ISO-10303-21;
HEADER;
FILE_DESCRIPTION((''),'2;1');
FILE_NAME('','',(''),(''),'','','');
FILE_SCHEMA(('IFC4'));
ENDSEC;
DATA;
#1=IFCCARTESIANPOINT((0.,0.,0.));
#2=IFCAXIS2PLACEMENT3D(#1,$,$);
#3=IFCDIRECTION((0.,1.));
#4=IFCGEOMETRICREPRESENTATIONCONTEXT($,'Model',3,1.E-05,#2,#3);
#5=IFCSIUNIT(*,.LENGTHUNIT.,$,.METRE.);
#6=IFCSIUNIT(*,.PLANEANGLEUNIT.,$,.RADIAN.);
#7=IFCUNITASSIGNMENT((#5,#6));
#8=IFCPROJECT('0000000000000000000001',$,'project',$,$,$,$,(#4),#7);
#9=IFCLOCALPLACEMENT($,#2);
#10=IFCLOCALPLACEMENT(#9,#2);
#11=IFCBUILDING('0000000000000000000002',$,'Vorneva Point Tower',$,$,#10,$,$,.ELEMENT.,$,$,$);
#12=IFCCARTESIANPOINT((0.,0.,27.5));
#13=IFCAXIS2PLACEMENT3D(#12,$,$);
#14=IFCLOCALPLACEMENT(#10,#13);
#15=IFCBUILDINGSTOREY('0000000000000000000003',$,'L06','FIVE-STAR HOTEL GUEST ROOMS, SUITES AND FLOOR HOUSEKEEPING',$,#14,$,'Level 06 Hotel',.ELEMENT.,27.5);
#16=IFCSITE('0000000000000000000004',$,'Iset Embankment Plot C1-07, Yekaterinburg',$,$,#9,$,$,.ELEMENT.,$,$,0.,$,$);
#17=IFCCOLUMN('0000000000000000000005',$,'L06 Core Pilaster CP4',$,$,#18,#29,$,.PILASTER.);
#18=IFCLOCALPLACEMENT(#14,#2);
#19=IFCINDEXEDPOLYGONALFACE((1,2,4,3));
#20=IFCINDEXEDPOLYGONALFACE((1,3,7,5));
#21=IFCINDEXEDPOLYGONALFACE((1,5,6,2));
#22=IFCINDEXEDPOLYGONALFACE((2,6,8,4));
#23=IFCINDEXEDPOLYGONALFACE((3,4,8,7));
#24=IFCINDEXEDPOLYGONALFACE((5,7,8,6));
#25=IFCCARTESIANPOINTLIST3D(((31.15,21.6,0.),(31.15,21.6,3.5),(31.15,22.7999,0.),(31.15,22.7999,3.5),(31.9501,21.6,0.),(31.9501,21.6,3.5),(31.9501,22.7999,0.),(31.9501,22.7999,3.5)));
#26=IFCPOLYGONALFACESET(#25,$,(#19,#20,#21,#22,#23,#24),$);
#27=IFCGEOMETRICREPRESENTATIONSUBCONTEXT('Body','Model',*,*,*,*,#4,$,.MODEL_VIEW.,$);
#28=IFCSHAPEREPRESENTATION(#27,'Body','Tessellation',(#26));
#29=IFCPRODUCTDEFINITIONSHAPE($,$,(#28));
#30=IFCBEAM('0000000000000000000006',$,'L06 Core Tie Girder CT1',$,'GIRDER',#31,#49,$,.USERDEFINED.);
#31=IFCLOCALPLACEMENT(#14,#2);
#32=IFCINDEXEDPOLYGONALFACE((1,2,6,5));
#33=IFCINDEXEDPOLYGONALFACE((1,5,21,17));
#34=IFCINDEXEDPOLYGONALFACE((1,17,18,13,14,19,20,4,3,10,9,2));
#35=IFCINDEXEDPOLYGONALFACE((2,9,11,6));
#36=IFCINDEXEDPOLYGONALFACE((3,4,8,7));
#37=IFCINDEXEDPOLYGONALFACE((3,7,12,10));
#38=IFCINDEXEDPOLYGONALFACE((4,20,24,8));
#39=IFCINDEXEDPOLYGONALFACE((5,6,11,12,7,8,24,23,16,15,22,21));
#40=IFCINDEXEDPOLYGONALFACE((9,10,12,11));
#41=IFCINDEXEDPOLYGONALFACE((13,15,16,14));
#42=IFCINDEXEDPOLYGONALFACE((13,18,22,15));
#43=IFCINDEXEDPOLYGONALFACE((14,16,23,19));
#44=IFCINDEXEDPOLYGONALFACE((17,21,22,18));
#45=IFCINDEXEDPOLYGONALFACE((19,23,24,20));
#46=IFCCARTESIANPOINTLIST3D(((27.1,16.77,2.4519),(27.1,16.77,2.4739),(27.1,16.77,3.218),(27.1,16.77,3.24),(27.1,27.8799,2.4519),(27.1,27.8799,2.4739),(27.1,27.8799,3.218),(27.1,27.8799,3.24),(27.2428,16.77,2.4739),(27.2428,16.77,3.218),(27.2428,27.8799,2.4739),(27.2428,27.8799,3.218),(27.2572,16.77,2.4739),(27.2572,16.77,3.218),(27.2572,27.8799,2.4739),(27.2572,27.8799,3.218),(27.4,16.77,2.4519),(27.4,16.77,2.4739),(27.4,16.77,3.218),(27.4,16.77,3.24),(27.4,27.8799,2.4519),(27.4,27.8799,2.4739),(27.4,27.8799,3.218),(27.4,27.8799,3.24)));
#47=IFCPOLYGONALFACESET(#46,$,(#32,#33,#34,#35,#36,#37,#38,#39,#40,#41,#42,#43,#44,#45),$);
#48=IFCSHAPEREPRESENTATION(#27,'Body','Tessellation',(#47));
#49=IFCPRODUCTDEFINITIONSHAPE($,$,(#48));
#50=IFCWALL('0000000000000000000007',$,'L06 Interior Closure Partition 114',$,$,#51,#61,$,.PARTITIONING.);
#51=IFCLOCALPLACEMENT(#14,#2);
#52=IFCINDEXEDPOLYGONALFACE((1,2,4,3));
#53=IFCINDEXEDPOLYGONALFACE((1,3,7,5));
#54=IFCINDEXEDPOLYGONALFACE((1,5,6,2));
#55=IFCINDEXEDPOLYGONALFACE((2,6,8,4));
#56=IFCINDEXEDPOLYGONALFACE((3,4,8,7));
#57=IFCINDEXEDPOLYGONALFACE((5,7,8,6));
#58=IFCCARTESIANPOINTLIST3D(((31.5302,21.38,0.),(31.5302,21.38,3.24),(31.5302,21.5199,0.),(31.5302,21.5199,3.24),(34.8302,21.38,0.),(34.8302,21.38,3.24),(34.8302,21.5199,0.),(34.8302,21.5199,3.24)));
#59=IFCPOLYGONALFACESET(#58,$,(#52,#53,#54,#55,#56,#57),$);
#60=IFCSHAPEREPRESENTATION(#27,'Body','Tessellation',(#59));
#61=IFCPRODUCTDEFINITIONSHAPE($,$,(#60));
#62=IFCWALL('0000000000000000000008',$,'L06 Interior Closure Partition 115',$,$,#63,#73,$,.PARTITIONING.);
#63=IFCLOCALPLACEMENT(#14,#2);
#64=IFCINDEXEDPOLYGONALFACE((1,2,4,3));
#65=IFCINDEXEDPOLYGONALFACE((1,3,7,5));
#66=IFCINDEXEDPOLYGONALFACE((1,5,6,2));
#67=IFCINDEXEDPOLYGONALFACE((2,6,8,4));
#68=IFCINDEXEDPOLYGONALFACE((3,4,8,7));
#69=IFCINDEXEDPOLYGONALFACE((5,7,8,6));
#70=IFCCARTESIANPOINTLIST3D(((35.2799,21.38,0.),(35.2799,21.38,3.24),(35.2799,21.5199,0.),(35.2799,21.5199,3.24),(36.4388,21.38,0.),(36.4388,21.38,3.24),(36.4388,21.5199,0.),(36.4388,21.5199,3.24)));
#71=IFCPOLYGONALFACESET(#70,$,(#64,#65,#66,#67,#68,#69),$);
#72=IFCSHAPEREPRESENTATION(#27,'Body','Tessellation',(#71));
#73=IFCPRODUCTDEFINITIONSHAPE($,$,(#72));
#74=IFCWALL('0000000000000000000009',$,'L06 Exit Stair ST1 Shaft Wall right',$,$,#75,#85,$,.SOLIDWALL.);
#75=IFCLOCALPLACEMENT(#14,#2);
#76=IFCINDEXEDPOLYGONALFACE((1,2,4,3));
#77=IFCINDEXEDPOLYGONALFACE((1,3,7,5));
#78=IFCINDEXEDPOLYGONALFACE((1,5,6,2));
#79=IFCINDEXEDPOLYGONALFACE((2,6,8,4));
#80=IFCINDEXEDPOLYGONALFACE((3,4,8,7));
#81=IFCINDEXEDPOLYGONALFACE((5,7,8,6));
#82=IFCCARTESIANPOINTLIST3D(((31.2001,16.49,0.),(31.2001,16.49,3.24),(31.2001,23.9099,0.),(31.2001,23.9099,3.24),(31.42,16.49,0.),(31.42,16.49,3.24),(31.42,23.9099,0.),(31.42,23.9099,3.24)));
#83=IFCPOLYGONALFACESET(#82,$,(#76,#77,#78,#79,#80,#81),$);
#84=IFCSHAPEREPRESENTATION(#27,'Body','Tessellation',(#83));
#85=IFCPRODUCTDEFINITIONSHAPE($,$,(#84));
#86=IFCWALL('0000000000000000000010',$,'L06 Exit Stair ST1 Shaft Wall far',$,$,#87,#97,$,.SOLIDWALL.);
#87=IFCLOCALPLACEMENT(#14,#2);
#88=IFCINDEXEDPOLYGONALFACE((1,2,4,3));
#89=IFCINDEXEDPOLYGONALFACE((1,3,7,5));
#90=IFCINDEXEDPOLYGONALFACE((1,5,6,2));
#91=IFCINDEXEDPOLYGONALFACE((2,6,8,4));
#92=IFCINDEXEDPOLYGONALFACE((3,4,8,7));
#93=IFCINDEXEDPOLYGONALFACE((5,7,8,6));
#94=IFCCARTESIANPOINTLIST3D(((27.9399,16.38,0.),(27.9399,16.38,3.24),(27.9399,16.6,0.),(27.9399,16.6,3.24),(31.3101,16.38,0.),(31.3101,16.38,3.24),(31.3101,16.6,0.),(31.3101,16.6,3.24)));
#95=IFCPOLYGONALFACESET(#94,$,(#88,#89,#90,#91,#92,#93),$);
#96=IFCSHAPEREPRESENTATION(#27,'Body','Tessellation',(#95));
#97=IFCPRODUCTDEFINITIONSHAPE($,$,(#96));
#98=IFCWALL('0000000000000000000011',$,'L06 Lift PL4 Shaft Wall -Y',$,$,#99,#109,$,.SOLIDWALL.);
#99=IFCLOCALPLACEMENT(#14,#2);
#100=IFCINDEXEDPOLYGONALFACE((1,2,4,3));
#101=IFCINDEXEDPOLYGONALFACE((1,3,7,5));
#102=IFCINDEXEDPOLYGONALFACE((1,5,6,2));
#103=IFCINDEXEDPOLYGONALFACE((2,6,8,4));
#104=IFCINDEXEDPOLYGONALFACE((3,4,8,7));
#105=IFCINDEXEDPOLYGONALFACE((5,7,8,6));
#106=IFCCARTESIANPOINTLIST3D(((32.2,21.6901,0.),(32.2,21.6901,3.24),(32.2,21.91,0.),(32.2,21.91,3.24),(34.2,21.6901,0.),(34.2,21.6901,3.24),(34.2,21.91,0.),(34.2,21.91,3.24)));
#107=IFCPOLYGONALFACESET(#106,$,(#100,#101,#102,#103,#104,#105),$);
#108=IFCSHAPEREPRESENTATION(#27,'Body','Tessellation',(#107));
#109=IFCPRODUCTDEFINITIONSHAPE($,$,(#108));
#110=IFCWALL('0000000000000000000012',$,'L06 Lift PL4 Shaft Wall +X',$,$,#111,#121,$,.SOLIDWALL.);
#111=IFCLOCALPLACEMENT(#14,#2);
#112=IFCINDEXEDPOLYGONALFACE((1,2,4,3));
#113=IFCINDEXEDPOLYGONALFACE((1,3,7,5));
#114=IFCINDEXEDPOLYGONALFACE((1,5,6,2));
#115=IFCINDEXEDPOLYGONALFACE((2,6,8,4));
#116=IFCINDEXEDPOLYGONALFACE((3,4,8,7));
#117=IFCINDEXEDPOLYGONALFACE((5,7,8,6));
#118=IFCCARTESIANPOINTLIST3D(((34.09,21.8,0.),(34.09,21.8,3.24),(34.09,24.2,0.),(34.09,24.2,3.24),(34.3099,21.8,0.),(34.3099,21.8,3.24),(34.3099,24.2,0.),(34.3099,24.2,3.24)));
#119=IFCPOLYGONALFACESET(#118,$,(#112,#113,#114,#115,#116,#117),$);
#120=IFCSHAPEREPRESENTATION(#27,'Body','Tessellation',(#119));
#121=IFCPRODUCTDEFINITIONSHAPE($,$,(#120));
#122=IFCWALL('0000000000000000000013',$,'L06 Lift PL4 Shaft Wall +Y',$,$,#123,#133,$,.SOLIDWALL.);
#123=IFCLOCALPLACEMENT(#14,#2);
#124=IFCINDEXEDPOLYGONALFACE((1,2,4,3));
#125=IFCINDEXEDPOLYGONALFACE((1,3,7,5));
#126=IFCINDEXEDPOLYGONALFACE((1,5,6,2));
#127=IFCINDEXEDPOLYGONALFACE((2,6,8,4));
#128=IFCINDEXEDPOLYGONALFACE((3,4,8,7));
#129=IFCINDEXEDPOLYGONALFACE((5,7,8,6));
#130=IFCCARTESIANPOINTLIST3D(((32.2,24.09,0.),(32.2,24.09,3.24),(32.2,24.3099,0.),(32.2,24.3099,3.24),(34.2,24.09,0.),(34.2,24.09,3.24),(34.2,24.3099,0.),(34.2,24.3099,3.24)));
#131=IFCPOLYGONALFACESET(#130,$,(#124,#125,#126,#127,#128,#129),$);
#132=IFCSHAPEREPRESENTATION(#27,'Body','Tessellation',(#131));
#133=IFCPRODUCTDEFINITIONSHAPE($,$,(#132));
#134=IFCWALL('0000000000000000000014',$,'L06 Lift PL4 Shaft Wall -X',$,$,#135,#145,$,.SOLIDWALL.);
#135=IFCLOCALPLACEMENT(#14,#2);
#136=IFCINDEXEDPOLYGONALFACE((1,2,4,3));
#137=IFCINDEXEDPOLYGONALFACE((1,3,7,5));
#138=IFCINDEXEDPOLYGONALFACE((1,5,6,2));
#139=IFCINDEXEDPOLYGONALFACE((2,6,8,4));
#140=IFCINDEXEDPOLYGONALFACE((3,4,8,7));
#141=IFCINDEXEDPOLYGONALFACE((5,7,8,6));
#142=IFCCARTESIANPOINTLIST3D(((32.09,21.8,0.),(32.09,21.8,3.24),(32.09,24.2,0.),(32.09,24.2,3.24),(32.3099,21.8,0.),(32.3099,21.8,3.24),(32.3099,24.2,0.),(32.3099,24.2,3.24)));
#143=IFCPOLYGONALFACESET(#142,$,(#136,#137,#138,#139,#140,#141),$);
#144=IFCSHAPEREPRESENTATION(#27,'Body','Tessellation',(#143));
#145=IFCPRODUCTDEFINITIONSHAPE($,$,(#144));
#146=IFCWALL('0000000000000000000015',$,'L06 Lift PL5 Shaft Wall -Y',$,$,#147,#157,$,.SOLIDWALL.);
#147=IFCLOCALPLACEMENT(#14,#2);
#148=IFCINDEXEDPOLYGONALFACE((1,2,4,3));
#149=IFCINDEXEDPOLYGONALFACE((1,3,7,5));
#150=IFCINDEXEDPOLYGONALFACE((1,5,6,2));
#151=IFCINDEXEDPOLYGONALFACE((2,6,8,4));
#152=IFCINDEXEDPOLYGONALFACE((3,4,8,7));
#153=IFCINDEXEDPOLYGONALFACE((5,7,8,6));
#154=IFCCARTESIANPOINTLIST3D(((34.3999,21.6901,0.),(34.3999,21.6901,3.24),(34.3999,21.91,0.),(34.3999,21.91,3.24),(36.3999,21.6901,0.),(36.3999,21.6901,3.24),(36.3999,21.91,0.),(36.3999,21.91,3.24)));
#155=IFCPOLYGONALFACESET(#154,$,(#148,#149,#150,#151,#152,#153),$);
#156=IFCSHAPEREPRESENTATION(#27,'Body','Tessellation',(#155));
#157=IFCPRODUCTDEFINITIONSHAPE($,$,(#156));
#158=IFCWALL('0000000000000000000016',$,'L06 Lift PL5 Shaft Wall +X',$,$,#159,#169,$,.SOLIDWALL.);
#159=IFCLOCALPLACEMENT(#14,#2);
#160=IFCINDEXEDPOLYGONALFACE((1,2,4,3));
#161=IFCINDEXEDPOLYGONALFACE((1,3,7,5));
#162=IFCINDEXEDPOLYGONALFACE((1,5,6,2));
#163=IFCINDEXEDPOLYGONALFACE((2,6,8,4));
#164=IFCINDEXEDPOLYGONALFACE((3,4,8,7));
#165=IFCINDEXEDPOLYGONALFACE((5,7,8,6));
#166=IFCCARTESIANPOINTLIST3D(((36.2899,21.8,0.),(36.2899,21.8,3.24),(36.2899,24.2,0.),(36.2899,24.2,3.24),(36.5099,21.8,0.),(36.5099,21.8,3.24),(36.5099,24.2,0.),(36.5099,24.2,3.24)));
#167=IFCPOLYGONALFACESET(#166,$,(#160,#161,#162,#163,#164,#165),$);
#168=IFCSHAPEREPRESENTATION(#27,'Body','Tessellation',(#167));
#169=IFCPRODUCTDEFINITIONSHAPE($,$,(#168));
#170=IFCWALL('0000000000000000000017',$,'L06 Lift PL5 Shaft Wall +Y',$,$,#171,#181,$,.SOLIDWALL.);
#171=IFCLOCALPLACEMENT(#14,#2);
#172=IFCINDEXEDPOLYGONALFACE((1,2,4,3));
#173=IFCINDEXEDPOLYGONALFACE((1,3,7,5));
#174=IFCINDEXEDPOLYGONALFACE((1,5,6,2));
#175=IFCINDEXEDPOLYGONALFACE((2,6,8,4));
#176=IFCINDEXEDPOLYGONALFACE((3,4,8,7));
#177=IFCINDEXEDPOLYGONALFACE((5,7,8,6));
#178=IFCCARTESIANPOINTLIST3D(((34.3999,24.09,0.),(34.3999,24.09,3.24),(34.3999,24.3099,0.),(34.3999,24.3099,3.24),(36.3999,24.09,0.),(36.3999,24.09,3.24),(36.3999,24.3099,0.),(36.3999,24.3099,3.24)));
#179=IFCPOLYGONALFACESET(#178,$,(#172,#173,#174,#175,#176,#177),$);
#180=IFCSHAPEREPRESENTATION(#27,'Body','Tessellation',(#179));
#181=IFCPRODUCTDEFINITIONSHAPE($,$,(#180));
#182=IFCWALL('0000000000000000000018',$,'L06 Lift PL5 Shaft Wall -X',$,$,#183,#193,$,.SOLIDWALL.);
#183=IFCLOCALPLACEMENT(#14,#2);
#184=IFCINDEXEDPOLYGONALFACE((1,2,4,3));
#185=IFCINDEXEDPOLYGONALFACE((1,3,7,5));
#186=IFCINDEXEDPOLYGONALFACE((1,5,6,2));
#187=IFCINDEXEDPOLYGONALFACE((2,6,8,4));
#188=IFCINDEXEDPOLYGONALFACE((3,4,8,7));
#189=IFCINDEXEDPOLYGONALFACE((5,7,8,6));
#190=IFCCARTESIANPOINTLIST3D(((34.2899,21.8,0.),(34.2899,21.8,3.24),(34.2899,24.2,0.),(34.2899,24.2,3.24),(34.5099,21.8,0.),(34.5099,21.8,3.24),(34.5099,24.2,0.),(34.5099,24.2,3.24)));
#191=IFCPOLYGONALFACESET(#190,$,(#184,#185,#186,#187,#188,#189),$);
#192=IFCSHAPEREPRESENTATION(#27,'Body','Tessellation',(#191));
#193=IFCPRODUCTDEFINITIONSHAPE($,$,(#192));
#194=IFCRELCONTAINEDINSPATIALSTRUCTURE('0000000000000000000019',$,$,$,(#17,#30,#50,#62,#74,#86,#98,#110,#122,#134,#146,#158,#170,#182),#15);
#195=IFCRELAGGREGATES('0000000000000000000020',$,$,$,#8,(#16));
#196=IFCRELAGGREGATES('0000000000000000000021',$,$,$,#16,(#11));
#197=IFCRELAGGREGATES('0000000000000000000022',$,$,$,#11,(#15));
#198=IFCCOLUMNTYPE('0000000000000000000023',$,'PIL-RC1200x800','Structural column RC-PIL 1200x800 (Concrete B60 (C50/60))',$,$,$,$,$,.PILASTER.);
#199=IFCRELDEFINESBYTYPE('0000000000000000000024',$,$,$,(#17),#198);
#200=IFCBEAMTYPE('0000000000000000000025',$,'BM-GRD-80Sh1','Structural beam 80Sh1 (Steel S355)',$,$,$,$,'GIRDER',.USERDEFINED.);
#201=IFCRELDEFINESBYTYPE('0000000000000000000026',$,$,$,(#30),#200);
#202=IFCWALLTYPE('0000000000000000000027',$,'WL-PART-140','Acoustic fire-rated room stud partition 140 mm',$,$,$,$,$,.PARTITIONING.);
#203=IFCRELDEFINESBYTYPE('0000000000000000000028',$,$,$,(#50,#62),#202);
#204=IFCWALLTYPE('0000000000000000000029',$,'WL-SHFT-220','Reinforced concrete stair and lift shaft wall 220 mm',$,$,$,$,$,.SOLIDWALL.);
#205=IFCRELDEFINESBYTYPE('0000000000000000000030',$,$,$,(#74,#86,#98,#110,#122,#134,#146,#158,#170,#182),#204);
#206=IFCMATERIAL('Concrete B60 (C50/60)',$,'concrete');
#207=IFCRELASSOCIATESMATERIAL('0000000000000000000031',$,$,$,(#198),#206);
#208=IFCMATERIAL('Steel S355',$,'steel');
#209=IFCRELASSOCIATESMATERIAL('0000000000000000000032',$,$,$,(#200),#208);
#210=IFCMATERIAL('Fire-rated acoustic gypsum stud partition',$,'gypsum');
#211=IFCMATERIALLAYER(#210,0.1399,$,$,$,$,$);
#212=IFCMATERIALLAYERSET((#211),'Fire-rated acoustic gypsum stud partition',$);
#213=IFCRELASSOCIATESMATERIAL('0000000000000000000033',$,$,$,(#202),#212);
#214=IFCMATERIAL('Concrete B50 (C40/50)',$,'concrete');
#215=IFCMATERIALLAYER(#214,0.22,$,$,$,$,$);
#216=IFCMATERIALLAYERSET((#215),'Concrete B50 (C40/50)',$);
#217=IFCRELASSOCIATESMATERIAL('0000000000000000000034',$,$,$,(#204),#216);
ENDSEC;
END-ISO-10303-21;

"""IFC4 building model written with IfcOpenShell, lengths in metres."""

from ifc_helpers import new_model, si_unit, direction, frame, frame_2d, origin, origin_2d, place, context, subcontext, project, spatial, rectangle, i_section, extrude, material, layer, layer_set, material_profile, profile_set, type_object, element, save


model = new_model("IFC4")

# Units and contexts
model_context = context("Model", 3, precision=1e-05, world=origin(), true_north=direction((0.0, 1.0)))
body_context = subcontext(model_context, "Body", "Model", "MODEL_VIEW")
ifc_project = project(units=[si_unit("LENGTHUNIT", "METRE"), si_unit("PLANEANGLEUNIT", "RADIAN")], contexts=[model_context])

# Site, building, storey
site_placement = place(None, origin())
site = spatial("IfcSite", under=ifc_project, at=site_placement, Name="Iset Embankment Plot C1-07, Yekaterinburg", CompositionType="ELEMENT", RefElevation=0.0)
building_placement = place(site_placement, origin())
building = spatial("IfcBuilding", under=site, at=building_placement, Name="Vorneva Point Tower", CompositionType="ELEMENT")
storey_placement = place(building_placement, frame((0.0, 0.0, 27.5)))
storey = spatial("IfcBuildingStorey", under=building, at=storey_placement, Name="L06", Description="FIVE-STAR HOTEL GUEST ROOMS, SUITES AND FLOOR HOUSEKEEPING", LongName="Level 06 Hotel", CompositionType="ELEMENT", Elevation=27.5)

# Column
ifc_material_1 = material(Name="Concrete B60 (C50/60)", Category="concrete")
ifc_material_profile_1 = material_profile(ifc_material_1, rectangle(XDim=0.8, YDim=1.2, at=origin_2d()), Name="RC-PIL 1200x800")
ifc_profile_set_1 = profile_set([ifc_material_profile_1], Name="Concrete B60 (C50/60)")
column_type = type_object("IfcColumnType", Name="PIL-RC1200x800", Description="Structural column RC-PIL 1200x800 (Concrete B60 (C50/60))", PredefinedType="PILASTER", material=ifc_profile_set_1)
column_placement = place(storey_placement, frame((31.55, 22.2, 0.0), z_axis=(0.0, 0.0, 1.0), x_axis=(1.0, 0.0, 0.0)))
element("IfcColumn", 1, at=column_placement, inside=storey, type_object=column_type, Name="L06 Core Pilaster CP4", PredefinedType="PILASTER", context=body_context, shape_type="SweptSolid", body=[
    extrude(rectangle(XDim=0.8, YDim=1.2, at=origin_2d()), origin(), (0.0, 0.0, 1.0), 3.5),
])

# Beam
ifc_material_2 = material(Name="Steel S355", Category="steel")
ifc_material_profile_2 = material_profile(ifc_material_2, i_section(OverallWidth=0.3, OverallDepth=0.7881, WebThickness=0.0144, FlangeThickness=0.022, at=origin_2d()), Name="80Sh1")
ifc_profile_set_2 = profile_set([ifc_material_profile_2], Name="Steel S355")
beam_type = type_object("IfcBeamType", Name="BM-GRD-80Sh1", Description="Structural beam 80Sh1 (Steel S355)", ElementType="GIRDER", PredefinedType="USERDEFINED", material=ifc_profile_set_2)
beam_placement = place(storey_placement, frame((27.25, 16.77, 2.8459), z_axis=(0.0, 1.0, 0.0), x_axis=(-1.0, 0.0, 0.0)))
element("IfcBeam", 2, at=beam_placement, inside=storey, type_object=beam_type, Name="L06 Core Tie Girder CT1", ObjectType="GIRDER", PredefinedType="USERDEFINED", context=body_context, shape_type="SweptSolid", body=[
    extrude(i_section(OverallWidth=0.3, OverallDepth=0.7881, WebThickness=0.0144, FlangeThickness=0.022, at=origin_2d()), origin(), (0.0, 0.0, 1.0), 11.1099),
])

# Walls
ifc_material_3 = material(Name="Fire-rated acoustic gypsum stud partition", Category="gypsum")
ifc_layer_1 = layer(ifc_material_3, 0.1399)
ifc_layer_set_1 = layer_set([ifc_layer_1], Name="Fire-rated acoustic gypsum stud partition")
wall_type_1 = type_object("IfcWallType", Name="WL-PART-140", Description="Acoustic fire-rated room stud partition 140 mm", PredefinedType="PARTITIONING", material=ifc_layer_set_1)
wall_1_placement = place(storey_placement, frame((34.8301, 21.45, 0.0), z_axis=(0.0, 0.0, 1.0), x_axis=(-1.0, 0.0, 0.0)))
element("IfcWall", 3, at=wall_1_placement, inside=storey, type_object=wall_type_1, Name="L06 Interior Closure Partition 114", PredefinedType="PARTITIONING", context=body_context, shape_type="SweptSolid", body=[
    extrude(rectangle(XDim=3.3, YDim=0.1399, at=frame_2d((1.6499, 0.0))), origin(), (0.0, 0.0, 1.0), 3.24),
])
wall_2_placement = place(storey_placement, frame((36.439, 21.45, 0.0), z_axis=(0.0, 0.0, 1.0), x_axis=(-1.0, 0.0, 0.0)))
element("IfcWall", 4, at=wall_2_placement, inside=storey, type_object=wall_type_1, Name="L06 Interior Closure Partition 115", PredefinedType="PARTITIONING", context=body_context, shape_type="SweptSolid", body=[
    extrude(rectangle(XDim=1.1589, YDim=0.1399, at=frame_2d((0.5796, 0.0))), origin(), (0.0, 0.0, 1.0), 3.24),
])

# Shared definitions
ifc_material_4 = material(Name="Concrete B50 (C40/50)", Category="concrete")
ifc_layer_2 = layer(ifc_material_4, 0.22)
ifc_layer_set_2 = layer_set([ifc_layer_2], Name="Concrete B50 (C40/50)")
wall_type_2 = type_object("IfcWallType", Name="WL-SHFT-220", Description="Reinforced concrete stair and lift shaft wall 220 mm", PredefinedType="SOLIDWALL", material=ifc_layer_set_2)

# Walls
wall_3_placement = place(storey_placement, frame((31.3101, 23.9099, 0.0), z_axis=(0.0, 0.0, 1.0), x_axis=(0.0, -1.0, 0.0)))
element("IfcWall", 5, at=wall_3_placement, inside=storey, type_object=wall_type_2, Name="L06 Exit Stair ST1 Shaft Wall right", PredefinedType="SOLIDWALL", context=body_context, shape_type="SweptSolid", body=[
    extrude(rectangle(XDim=7.4199, YDim=0.22, at=frame_2d((3.71, 0.0))), origin(), (0.0, 0.0, 1.0), 3.24),
])
wall_4_placement = place(storey_placement, frame((31.3101, 16.49, 0.0), z_axis=(0.0, 0.0, 1.0), x_axis=(-1.0, 0.0, 0.0)))
element("IfcWall", 6, at=wall_4_placement, inside=storey, type_object=wall_type_2, Name="L06 Exit Stair ST1 Shaft Wall far", PredefinedType="SOLIDWALL", context=body_context, shape_type="SweptSolid", body=[
    extrude(rectangle(XDim=3.3701, YDim=0.22, at=frame_2d((1.6851, 0.0))), origin(), (0.0, 0.0, 1.0), 3.24),
])
wall_5_placement = place(storey_placement, frame((32.2, 21.8, 0.0), z_axis=(0.0, 0.0, 1.0), x_axis=(1.0, 0.0, 0.0)))
element("IfcWall", 7, at=wall_5_placement, inside=storey, type_object=wall_type_2, Name="L06 Lift PL4 Shaft Wall -Y", PredefinedType="SOLIDWALL", context=body_context, shape_type="SweptSolid", body=[
    extrude(rectangle(XDim=2.0, YDim=0.22, at=frame_2d((1.0, 0.0))), origin(), (0.0, 0.0, 1.0), 3.24),
])
wall_6_placement = place(storey_placement, frame((34.2, 21.8, 0.0), z_axis=(0.0, 0.0, 1.0), x_axis=(0.0, 1.0, 0.0)))
element("IfcWall", 8, at=wall_6_placement, inside=storey, type_object=wall_type_2, Name="L06 Lift PL4 Shaft Wall +X", PredefinedType="SOLIDWALL", context=body_context, shape_type="SweptSolid", body=[
    extrude(rectangle(XDim=2.3999, YDim=0.22, at=frame_2d((1.2, 0.0))), origin(), (0.0, 0.0, 1.0), 3.24),
])
wall_7_placement = place(storey_placement, frame((34.2, 24.2, 0.0), z_axis=(0.0, 0.0, 1.0), x_axis=(-1.0, 0.0, 0.0)))
element("IfcWall", 9, at=wall_7_placement, inside=storey, type_object=wall_type_2, Name="L06 Lift PL4 Shaft Wall +Y", PredefinedType="SOLIDWALL", context=body_context, shape_type="SweptSolid", body=[
    extrude(rectangle(XDim=2.0, YDim=0.22, at=frame_2d((1.0, 0.0))), origin(), (0.0, 0.0, 1.0), 3.24),
])
wall_8_placement = place(storey_placement, frame((32.2, 24.2, 0.0), z_axis=(0.0, 0.0, 1.0), x_axis=(0.0, -1.0, 0.0)))
element("IfcWall", 10, at=wall_8_placement, inside=storey, type_object=wall_type_2, Name="L06 Lift PL4 Shaft Wall -X", PredefinedType="SOLIDWALL", context=body_context, shape_type="SweptSolid", body=[
    extrude(rectangle(XDim=2.3999, YDim=0.22, at=frame_2d((1.2, 0.0))), origin(), (0.0, 0.0, 1.0), 3.24),
])
wall_9_placement = place(storey_placement, frame((34.3999, 21.8, 0.0), z_axis=(0.0, 0.0, 1.0), x_axis=(1.0, 0.0, 0.0)))
element("IfcWall", 11, at=wall_9_placement, inside=storey, type_object=wall_type_2, Name="L06 Lift PL5 Shaft Wall -Y", PredefinedType="SOLIDWALL", context=body_context, shape_type="SweptSolid", body=[
    extrude(rectangle(XDim=2.0, YDim=0.22, at=frame_2d((1.0, 0.0))), origin(), (0.0, 0.0, 1.0), 3.24),
])
wall_10_placement = place(storey_placement, frame((36.3999, 21.8, 0.0), z_axis=(0.0, 0.0, 1.0), x_axis=(0.0, 1.0, 0.0)))
element("IfcWall", 12, at=wall_10_placement, inside=storey, type_object=wall_type_2, Name="L06 Lift PL5 Shaft Wall +X", PredefinedType="SOLIDWALL", context=body_context, shape_type="SweptSolid", body=[
    extrude(rectangle(XDim=2.3999, YDim=0.22, at=frame_2d((1.2, 0.0))), origin(), (0.0, 0.0, 1.0), 3.24),
])
wall_11_placement = place(storey_placement, frame((36.3999, 24.2, 0.0), z_axis=(0.0, 0.0, 1.0), x_axis=(-1.0, 0.0, 0.0)))
element("IfcWall", 13, at=wall_11_placement, inside=storey, type_object=wall_type_2, Name="L06 Lift PL5 Shaft Wall +Y", PredefinedType="SOLIDWALL", context=body_context, shape_type="SweptSolid", body=[
    extrude(rectangle(XDim=2.0, YDim=0.22, at=frame_2d((1.0, 0.0))), origin(), (0.0, 0.0, 1.0), 3.24),
])
wall_12_placement = place(storey_placement, frame((34.3999, 24.2, 0.0), z_axis=(0.0, 0.0, 1.0), x_axis=(0.0, -1.0, 0.0)))
element("IfcWall", 14, at=wall_12_placement, inside=storey, type_object=wall_type_2, Name="L06 Lift PL5 Shaft Wall -X", PredefinedType="SOLIDWALL", context=body_context, shape_type="SweptSolid", body=[
    extrude(rectangle(XDim=2.3999, YDim=0.22, at=frame_2d((1.2, 0.0))), origin(), (0.0, 0.0, 1.0), 3.24),
])

save(model, "model.ifc")
